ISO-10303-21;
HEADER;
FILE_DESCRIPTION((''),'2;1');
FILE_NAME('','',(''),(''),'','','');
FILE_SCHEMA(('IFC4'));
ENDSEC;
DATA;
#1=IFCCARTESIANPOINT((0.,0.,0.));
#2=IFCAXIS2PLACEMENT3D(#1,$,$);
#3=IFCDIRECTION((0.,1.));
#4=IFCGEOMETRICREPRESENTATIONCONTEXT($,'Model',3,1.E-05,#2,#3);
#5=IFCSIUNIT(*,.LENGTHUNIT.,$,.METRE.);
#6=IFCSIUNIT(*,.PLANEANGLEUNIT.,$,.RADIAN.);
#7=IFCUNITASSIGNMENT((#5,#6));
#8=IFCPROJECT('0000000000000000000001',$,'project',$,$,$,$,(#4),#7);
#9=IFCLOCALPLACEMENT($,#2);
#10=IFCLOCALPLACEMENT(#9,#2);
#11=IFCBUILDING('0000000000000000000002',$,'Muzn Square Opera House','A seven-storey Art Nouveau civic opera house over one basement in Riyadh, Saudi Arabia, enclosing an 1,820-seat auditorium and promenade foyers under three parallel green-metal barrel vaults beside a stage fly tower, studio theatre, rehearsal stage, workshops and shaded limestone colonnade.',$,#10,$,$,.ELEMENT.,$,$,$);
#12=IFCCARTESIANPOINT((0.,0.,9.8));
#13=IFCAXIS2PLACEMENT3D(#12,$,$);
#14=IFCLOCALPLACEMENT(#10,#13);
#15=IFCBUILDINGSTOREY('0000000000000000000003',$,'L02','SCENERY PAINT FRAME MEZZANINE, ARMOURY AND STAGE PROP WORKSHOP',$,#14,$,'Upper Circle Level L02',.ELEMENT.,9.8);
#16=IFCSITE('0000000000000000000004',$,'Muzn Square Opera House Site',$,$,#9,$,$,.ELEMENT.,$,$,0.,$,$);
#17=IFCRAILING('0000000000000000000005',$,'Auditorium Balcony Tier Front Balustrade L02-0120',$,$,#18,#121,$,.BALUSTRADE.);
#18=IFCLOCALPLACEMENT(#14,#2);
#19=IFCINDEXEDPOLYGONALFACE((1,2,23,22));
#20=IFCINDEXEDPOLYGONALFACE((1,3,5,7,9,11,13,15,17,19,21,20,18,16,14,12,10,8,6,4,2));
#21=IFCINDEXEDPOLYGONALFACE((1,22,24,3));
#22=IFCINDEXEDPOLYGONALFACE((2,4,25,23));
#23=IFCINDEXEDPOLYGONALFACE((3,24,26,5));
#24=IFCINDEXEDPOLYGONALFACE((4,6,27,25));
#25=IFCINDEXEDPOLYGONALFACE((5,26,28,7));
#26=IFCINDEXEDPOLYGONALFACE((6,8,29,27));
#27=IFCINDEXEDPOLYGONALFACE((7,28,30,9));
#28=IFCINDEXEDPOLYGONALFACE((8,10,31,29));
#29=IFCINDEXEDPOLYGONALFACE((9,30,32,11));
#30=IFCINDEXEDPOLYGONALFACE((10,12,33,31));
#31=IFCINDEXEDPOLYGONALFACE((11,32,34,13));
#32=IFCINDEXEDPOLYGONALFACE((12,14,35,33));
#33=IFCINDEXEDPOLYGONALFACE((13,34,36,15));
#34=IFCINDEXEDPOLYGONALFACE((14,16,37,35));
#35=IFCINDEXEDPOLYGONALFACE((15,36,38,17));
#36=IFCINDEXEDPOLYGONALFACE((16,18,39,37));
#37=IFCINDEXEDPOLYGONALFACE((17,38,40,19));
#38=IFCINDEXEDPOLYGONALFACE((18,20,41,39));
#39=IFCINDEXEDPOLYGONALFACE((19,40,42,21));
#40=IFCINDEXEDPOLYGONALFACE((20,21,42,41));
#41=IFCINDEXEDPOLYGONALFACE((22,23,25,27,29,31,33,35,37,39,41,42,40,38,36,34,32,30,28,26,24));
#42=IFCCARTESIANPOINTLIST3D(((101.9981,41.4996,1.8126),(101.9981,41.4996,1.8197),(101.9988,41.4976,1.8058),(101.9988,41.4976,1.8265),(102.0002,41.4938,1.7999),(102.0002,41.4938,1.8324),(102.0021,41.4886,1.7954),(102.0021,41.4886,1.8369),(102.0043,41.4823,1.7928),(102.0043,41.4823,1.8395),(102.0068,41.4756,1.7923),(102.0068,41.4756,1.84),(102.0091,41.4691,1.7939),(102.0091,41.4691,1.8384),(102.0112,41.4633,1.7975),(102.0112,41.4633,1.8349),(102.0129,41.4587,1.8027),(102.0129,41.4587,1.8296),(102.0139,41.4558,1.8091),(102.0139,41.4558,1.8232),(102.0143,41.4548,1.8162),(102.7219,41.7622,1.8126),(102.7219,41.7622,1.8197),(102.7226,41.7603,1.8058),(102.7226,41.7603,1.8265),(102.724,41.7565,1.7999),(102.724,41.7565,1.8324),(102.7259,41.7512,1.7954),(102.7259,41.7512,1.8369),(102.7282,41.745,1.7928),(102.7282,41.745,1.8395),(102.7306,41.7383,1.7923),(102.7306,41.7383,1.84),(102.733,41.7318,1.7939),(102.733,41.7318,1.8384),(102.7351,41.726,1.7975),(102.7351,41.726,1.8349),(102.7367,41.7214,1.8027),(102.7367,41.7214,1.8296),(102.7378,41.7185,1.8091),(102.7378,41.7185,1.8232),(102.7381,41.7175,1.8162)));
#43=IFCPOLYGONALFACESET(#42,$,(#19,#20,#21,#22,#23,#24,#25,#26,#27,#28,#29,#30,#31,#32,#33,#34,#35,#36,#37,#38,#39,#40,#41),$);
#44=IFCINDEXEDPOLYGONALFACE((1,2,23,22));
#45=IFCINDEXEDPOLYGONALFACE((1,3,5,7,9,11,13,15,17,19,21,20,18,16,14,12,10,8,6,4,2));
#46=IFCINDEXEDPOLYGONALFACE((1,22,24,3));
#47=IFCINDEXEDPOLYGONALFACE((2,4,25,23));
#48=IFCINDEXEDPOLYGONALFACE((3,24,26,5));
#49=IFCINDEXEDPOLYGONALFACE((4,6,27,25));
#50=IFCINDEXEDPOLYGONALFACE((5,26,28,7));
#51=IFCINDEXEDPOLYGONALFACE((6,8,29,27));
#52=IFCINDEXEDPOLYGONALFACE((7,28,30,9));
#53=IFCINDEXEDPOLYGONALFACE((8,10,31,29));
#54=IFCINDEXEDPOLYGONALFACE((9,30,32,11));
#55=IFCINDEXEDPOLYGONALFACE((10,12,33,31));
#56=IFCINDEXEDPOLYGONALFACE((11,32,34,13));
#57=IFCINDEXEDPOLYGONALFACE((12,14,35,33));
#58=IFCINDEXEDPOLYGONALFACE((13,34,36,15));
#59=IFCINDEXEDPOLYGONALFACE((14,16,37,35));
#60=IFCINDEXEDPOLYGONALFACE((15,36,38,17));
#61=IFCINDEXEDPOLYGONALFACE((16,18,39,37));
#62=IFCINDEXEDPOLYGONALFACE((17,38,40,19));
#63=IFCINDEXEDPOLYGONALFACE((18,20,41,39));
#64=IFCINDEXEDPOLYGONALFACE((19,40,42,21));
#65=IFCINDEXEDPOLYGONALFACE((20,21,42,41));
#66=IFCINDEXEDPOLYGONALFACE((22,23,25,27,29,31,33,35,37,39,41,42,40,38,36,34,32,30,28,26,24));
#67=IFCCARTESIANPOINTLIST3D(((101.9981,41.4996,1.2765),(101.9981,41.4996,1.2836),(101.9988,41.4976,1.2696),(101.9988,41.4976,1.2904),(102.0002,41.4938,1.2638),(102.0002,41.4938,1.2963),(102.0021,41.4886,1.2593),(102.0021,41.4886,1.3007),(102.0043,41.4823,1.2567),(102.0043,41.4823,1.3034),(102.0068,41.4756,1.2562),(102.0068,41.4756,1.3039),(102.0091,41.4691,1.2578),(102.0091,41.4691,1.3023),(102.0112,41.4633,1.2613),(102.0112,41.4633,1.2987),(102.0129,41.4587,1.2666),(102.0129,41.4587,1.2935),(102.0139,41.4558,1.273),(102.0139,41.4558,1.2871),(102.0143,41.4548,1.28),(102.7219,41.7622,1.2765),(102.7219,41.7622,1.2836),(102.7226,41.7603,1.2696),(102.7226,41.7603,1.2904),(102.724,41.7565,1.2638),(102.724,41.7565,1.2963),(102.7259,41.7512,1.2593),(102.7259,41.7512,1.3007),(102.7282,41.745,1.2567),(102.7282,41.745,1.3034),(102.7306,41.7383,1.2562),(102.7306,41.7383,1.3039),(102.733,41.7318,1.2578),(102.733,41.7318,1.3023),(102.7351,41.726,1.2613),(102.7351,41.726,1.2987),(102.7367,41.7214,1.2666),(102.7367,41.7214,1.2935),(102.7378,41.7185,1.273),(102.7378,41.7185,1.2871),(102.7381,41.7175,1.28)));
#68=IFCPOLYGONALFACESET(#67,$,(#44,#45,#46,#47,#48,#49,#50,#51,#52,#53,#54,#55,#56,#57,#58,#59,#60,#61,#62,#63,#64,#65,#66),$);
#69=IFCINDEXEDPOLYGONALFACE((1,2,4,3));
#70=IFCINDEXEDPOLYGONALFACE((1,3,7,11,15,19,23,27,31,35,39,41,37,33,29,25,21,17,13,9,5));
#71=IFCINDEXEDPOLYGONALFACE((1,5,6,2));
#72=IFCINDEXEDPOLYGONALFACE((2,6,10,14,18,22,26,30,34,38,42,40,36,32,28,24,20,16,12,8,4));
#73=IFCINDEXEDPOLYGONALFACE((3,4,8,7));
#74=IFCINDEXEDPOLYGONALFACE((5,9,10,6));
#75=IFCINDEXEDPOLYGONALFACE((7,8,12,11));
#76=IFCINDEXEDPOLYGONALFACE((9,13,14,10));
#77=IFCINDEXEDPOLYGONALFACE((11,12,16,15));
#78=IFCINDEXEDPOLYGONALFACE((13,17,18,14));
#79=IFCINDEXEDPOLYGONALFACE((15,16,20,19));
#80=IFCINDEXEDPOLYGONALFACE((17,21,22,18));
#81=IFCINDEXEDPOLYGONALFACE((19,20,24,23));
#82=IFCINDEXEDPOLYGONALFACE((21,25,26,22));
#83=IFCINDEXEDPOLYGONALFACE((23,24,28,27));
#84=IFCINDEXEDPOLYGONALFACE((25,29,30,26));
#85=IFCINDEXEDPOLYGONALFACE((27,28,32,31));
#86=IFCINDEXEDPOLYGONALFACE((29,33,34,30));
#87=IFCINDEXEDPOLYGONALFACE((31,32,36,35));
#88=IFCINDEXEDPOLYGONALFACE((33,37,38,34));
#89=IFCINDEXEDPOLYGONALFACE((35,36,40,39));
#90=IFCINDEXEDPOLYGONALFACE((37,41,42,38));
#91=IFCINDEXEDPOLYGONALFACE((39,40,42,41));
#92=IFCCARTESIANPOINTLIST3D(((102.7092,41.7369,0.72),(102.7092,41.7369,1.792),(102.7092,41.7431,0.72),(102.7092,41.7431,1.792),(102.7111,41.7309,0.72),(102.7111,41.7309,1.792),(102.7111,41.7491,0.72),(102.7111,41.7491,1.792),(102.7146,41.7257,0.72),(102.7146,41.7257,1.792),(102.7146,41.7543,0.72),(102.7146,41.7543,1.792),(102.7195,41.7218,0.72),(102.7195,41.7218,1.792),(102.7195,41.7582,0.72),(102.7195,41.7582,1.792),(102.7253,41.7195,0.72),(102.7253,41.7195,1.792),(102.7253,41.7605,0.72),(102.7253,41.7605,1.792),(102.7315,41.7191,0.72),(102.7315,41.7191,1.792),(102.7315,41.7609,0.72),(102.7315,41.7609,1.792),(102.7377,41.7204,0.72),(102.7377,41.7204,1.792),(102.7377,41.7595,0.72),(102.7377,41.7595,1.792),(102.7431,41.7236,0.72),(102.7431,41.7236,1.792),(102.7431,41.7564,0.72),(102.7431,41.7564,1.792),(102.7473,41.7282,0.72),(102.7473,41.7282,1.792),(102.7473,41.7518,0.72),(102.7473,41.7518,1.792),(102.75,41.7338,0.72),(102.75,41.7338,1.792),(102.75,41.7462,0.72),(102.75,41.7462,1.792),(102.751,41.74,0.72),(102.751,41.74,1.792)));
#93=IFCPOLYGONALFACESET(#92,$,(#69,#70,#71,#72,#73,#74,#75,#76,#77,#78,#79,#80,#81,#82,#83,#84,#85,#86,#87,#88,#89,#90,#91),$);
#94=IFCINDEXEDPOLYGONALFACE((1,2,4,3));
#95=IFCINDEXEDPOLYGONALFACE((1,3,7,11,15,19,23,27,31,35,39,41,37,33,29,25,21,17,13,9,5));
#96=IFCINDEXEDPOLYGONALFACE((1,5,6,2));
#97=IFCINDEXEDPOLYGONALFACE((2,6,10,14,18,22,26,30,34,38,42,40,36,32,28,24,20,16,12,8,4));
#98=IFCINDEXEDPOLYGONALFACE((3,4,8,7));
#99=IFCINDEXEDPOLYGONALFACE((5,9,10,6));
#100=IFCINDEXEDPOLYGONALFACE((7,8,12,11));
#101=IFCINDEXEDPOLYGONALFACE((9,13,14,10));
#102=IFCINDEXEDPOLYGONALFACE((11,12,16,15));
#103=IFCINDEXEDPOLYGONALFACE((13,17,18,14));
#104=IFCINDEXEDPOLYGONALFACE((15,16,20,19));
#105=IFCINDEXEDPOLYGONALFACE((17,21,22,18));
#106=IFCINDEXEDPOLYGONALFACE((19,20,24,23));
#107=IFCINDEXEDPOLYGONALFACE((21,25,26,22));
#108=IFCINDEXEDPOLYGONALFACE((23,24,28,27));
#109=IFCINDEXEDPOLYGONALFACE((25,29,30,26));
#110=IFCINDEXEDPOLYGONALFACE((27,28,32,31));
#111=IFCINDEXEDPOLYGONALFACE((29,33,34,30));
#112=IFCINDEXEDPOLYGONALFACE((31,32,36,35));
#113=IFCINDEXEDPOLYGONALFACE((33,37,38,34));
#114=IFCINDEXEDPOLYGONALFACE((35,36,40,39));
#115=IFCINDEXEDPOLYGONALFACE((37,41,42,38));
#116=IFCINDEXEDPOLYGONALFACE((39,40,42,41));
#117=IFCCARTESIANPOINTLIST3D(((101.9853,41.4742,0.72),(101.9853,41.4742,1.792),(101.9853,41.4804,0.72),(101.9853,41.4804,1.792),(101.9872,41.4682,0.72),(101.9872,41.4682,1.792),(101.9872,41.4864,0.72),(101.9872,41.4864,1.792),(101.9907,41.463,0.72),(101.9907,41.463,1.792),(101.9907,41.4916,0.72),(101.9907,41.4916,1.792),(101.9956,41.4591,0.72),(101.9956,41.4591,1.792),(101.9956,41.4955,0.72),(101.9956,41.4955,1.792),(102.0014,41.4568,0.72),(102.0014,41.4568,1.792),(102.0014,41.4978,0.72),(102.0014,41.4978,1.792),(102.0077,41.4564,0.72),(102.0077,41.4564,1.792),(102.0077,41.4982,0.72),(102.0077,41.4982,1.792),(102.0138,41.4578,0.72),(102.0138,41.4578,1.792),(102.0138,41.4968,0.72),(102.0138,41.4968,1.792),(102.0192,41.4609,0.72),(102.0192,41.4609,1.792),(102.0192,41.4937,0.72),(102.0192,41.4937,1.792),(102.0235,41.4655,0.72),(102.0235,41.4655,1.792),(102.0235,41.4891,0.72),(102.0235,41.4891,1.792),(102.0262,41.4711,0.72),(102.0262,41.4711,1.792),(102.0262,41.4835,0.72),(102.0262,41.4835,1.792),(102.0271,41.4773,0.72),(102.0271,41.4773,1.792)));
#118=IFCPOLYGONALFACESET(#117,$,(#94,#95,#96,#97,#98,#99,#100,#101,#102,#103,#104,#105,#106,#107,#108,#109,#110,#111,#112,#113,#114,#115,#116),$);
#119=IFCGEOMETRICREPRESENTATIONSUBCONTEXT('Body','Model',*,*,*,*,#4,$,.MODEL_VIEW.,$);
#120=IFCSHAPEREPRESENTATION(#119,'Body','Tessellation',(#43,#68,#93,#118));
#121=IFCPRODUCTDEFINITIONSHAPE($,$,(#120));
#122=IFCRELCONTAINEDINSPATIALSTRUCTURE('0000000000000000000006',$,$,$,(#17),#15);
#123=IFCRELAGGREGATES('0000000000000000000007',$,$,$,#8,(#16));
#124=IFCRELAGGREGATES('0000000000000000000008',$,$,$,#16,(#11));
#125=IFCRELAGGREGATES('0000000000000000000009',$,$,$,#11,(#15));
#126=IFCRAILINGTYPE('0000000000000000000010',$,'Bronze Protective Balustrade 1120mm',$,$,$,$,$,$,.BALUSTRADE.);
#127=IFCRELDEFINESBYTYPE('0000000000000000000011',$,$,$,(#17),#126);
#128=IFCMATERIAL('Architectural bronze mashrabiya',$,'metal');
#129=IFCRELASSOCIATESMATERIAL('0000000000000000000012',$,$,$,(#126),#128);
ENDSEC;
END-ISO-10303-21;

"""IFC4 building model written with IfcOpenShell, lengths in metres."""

from ifc_helpers import new_model, si_unit, direction, frame, origin, origin_2d, place, context, subcontext, project, spatial, circle, extrude, material, type_object, element, save


model = new_model("IFC4")

# Units and contexts
model_context = context("Model", 3, precision=1e-05, world=origin(), true_north=direction((0.0, 1.0)))
body_context = subcontext(model_context, "Body", "Model", "MODEL_VIEW")
ifc_project = project(units=[si_unit("LENGTHUNIT", "METRE"), si_unit("PLANEANGLEUNIT", "RADIAN")], contexts=[model_context])

# Site, building, storey
site_placement = place(None, origin())
site = spatial("IfcSite", under=ifc_project, at=site_placement, Name="Muzn Square Opera House Site", CompositionType="ELEMENT", RefElevation=0.0)
building_placement = place(site_placement, origin())
building = spatial("IfcBuilding", under=site, at=building_placement, Name="Muzn Square Opera House", Description="A seven-storey Art Nouveau civic opera house over one basement in Riyadh, Saudi Arabia, enclosing an 1,820-seat auditorium and promenade foyers under three parallel green-metal barrel vaults beside a stage fly tower, studio theatre, rehearsal stage, workshops and shaded limestone colonnade.", CompositionType="ELEMENT")
storey_placement = place(building_placement, frame((0.0, 0.0, 9.8)))
storey = spatial("IfcBuildingStorey", under=building, at=storey_placement, Name="L02", Description="SCENERY PAINT FRAME MEZZANINE, ARMOURY AND STAGE PROP WORKSHOP", LongName="Upper Circle Level L02", CompositionType="ELEMENT", Elevation=9.8)

# Railing
ifc_material_1 = material(Name="Architectural bronze mashrabiya", Category="metal")
railing_type = type_object("IfcRailingType", Name="Bronze Protective Balustrade 1120mm", PredefinedType="BALUSTRADE", material=ifc_material_1)
railing_1_placement = place(storey_placement, frame((102.73, 41.74, 0.72)))
element("IfcRailing", 1, at=railing_1_placement, inside=storey, type_object=railing_type, Name="Auditorium Balcony Tier Front Balustrade L02-0120", PredefinedType="BALUSTRADE", context=body_context, shape_type="SweptSolid", body=[
    extrude(circle(Radius=0.0239, at=origin_2d()), frame((0.0, 0.0, 1.0962), z_axis=(-0.940015, -0.341132, 0.0), x_axis=(0.341132, -0.940015, 0.0)), (0.0, 0.0, 1.0), 0.77),
    extrude(circle(Radius=0.0239, at=origin_2d()), frame((0.0, 0.0, 0.5601), z_axis=(-0.940015, -0.341132, 0.0), x_axis=(0.341132, -0.940015, 0.0)), (0.0, 0.0, 1.0), 0.77),
    extrude(circle(Radius=0.021, at=origin_2d()), origin(), (0.0, 0.0, 1.0), 1.072),
    extrude(circle(Radius=0.021, at=origin_2d()), frame((-0.7239, -0.2627, 0.0)), (0.0, 0.0, 1.0), 1.072),
])

save(model, "model.ifc")
